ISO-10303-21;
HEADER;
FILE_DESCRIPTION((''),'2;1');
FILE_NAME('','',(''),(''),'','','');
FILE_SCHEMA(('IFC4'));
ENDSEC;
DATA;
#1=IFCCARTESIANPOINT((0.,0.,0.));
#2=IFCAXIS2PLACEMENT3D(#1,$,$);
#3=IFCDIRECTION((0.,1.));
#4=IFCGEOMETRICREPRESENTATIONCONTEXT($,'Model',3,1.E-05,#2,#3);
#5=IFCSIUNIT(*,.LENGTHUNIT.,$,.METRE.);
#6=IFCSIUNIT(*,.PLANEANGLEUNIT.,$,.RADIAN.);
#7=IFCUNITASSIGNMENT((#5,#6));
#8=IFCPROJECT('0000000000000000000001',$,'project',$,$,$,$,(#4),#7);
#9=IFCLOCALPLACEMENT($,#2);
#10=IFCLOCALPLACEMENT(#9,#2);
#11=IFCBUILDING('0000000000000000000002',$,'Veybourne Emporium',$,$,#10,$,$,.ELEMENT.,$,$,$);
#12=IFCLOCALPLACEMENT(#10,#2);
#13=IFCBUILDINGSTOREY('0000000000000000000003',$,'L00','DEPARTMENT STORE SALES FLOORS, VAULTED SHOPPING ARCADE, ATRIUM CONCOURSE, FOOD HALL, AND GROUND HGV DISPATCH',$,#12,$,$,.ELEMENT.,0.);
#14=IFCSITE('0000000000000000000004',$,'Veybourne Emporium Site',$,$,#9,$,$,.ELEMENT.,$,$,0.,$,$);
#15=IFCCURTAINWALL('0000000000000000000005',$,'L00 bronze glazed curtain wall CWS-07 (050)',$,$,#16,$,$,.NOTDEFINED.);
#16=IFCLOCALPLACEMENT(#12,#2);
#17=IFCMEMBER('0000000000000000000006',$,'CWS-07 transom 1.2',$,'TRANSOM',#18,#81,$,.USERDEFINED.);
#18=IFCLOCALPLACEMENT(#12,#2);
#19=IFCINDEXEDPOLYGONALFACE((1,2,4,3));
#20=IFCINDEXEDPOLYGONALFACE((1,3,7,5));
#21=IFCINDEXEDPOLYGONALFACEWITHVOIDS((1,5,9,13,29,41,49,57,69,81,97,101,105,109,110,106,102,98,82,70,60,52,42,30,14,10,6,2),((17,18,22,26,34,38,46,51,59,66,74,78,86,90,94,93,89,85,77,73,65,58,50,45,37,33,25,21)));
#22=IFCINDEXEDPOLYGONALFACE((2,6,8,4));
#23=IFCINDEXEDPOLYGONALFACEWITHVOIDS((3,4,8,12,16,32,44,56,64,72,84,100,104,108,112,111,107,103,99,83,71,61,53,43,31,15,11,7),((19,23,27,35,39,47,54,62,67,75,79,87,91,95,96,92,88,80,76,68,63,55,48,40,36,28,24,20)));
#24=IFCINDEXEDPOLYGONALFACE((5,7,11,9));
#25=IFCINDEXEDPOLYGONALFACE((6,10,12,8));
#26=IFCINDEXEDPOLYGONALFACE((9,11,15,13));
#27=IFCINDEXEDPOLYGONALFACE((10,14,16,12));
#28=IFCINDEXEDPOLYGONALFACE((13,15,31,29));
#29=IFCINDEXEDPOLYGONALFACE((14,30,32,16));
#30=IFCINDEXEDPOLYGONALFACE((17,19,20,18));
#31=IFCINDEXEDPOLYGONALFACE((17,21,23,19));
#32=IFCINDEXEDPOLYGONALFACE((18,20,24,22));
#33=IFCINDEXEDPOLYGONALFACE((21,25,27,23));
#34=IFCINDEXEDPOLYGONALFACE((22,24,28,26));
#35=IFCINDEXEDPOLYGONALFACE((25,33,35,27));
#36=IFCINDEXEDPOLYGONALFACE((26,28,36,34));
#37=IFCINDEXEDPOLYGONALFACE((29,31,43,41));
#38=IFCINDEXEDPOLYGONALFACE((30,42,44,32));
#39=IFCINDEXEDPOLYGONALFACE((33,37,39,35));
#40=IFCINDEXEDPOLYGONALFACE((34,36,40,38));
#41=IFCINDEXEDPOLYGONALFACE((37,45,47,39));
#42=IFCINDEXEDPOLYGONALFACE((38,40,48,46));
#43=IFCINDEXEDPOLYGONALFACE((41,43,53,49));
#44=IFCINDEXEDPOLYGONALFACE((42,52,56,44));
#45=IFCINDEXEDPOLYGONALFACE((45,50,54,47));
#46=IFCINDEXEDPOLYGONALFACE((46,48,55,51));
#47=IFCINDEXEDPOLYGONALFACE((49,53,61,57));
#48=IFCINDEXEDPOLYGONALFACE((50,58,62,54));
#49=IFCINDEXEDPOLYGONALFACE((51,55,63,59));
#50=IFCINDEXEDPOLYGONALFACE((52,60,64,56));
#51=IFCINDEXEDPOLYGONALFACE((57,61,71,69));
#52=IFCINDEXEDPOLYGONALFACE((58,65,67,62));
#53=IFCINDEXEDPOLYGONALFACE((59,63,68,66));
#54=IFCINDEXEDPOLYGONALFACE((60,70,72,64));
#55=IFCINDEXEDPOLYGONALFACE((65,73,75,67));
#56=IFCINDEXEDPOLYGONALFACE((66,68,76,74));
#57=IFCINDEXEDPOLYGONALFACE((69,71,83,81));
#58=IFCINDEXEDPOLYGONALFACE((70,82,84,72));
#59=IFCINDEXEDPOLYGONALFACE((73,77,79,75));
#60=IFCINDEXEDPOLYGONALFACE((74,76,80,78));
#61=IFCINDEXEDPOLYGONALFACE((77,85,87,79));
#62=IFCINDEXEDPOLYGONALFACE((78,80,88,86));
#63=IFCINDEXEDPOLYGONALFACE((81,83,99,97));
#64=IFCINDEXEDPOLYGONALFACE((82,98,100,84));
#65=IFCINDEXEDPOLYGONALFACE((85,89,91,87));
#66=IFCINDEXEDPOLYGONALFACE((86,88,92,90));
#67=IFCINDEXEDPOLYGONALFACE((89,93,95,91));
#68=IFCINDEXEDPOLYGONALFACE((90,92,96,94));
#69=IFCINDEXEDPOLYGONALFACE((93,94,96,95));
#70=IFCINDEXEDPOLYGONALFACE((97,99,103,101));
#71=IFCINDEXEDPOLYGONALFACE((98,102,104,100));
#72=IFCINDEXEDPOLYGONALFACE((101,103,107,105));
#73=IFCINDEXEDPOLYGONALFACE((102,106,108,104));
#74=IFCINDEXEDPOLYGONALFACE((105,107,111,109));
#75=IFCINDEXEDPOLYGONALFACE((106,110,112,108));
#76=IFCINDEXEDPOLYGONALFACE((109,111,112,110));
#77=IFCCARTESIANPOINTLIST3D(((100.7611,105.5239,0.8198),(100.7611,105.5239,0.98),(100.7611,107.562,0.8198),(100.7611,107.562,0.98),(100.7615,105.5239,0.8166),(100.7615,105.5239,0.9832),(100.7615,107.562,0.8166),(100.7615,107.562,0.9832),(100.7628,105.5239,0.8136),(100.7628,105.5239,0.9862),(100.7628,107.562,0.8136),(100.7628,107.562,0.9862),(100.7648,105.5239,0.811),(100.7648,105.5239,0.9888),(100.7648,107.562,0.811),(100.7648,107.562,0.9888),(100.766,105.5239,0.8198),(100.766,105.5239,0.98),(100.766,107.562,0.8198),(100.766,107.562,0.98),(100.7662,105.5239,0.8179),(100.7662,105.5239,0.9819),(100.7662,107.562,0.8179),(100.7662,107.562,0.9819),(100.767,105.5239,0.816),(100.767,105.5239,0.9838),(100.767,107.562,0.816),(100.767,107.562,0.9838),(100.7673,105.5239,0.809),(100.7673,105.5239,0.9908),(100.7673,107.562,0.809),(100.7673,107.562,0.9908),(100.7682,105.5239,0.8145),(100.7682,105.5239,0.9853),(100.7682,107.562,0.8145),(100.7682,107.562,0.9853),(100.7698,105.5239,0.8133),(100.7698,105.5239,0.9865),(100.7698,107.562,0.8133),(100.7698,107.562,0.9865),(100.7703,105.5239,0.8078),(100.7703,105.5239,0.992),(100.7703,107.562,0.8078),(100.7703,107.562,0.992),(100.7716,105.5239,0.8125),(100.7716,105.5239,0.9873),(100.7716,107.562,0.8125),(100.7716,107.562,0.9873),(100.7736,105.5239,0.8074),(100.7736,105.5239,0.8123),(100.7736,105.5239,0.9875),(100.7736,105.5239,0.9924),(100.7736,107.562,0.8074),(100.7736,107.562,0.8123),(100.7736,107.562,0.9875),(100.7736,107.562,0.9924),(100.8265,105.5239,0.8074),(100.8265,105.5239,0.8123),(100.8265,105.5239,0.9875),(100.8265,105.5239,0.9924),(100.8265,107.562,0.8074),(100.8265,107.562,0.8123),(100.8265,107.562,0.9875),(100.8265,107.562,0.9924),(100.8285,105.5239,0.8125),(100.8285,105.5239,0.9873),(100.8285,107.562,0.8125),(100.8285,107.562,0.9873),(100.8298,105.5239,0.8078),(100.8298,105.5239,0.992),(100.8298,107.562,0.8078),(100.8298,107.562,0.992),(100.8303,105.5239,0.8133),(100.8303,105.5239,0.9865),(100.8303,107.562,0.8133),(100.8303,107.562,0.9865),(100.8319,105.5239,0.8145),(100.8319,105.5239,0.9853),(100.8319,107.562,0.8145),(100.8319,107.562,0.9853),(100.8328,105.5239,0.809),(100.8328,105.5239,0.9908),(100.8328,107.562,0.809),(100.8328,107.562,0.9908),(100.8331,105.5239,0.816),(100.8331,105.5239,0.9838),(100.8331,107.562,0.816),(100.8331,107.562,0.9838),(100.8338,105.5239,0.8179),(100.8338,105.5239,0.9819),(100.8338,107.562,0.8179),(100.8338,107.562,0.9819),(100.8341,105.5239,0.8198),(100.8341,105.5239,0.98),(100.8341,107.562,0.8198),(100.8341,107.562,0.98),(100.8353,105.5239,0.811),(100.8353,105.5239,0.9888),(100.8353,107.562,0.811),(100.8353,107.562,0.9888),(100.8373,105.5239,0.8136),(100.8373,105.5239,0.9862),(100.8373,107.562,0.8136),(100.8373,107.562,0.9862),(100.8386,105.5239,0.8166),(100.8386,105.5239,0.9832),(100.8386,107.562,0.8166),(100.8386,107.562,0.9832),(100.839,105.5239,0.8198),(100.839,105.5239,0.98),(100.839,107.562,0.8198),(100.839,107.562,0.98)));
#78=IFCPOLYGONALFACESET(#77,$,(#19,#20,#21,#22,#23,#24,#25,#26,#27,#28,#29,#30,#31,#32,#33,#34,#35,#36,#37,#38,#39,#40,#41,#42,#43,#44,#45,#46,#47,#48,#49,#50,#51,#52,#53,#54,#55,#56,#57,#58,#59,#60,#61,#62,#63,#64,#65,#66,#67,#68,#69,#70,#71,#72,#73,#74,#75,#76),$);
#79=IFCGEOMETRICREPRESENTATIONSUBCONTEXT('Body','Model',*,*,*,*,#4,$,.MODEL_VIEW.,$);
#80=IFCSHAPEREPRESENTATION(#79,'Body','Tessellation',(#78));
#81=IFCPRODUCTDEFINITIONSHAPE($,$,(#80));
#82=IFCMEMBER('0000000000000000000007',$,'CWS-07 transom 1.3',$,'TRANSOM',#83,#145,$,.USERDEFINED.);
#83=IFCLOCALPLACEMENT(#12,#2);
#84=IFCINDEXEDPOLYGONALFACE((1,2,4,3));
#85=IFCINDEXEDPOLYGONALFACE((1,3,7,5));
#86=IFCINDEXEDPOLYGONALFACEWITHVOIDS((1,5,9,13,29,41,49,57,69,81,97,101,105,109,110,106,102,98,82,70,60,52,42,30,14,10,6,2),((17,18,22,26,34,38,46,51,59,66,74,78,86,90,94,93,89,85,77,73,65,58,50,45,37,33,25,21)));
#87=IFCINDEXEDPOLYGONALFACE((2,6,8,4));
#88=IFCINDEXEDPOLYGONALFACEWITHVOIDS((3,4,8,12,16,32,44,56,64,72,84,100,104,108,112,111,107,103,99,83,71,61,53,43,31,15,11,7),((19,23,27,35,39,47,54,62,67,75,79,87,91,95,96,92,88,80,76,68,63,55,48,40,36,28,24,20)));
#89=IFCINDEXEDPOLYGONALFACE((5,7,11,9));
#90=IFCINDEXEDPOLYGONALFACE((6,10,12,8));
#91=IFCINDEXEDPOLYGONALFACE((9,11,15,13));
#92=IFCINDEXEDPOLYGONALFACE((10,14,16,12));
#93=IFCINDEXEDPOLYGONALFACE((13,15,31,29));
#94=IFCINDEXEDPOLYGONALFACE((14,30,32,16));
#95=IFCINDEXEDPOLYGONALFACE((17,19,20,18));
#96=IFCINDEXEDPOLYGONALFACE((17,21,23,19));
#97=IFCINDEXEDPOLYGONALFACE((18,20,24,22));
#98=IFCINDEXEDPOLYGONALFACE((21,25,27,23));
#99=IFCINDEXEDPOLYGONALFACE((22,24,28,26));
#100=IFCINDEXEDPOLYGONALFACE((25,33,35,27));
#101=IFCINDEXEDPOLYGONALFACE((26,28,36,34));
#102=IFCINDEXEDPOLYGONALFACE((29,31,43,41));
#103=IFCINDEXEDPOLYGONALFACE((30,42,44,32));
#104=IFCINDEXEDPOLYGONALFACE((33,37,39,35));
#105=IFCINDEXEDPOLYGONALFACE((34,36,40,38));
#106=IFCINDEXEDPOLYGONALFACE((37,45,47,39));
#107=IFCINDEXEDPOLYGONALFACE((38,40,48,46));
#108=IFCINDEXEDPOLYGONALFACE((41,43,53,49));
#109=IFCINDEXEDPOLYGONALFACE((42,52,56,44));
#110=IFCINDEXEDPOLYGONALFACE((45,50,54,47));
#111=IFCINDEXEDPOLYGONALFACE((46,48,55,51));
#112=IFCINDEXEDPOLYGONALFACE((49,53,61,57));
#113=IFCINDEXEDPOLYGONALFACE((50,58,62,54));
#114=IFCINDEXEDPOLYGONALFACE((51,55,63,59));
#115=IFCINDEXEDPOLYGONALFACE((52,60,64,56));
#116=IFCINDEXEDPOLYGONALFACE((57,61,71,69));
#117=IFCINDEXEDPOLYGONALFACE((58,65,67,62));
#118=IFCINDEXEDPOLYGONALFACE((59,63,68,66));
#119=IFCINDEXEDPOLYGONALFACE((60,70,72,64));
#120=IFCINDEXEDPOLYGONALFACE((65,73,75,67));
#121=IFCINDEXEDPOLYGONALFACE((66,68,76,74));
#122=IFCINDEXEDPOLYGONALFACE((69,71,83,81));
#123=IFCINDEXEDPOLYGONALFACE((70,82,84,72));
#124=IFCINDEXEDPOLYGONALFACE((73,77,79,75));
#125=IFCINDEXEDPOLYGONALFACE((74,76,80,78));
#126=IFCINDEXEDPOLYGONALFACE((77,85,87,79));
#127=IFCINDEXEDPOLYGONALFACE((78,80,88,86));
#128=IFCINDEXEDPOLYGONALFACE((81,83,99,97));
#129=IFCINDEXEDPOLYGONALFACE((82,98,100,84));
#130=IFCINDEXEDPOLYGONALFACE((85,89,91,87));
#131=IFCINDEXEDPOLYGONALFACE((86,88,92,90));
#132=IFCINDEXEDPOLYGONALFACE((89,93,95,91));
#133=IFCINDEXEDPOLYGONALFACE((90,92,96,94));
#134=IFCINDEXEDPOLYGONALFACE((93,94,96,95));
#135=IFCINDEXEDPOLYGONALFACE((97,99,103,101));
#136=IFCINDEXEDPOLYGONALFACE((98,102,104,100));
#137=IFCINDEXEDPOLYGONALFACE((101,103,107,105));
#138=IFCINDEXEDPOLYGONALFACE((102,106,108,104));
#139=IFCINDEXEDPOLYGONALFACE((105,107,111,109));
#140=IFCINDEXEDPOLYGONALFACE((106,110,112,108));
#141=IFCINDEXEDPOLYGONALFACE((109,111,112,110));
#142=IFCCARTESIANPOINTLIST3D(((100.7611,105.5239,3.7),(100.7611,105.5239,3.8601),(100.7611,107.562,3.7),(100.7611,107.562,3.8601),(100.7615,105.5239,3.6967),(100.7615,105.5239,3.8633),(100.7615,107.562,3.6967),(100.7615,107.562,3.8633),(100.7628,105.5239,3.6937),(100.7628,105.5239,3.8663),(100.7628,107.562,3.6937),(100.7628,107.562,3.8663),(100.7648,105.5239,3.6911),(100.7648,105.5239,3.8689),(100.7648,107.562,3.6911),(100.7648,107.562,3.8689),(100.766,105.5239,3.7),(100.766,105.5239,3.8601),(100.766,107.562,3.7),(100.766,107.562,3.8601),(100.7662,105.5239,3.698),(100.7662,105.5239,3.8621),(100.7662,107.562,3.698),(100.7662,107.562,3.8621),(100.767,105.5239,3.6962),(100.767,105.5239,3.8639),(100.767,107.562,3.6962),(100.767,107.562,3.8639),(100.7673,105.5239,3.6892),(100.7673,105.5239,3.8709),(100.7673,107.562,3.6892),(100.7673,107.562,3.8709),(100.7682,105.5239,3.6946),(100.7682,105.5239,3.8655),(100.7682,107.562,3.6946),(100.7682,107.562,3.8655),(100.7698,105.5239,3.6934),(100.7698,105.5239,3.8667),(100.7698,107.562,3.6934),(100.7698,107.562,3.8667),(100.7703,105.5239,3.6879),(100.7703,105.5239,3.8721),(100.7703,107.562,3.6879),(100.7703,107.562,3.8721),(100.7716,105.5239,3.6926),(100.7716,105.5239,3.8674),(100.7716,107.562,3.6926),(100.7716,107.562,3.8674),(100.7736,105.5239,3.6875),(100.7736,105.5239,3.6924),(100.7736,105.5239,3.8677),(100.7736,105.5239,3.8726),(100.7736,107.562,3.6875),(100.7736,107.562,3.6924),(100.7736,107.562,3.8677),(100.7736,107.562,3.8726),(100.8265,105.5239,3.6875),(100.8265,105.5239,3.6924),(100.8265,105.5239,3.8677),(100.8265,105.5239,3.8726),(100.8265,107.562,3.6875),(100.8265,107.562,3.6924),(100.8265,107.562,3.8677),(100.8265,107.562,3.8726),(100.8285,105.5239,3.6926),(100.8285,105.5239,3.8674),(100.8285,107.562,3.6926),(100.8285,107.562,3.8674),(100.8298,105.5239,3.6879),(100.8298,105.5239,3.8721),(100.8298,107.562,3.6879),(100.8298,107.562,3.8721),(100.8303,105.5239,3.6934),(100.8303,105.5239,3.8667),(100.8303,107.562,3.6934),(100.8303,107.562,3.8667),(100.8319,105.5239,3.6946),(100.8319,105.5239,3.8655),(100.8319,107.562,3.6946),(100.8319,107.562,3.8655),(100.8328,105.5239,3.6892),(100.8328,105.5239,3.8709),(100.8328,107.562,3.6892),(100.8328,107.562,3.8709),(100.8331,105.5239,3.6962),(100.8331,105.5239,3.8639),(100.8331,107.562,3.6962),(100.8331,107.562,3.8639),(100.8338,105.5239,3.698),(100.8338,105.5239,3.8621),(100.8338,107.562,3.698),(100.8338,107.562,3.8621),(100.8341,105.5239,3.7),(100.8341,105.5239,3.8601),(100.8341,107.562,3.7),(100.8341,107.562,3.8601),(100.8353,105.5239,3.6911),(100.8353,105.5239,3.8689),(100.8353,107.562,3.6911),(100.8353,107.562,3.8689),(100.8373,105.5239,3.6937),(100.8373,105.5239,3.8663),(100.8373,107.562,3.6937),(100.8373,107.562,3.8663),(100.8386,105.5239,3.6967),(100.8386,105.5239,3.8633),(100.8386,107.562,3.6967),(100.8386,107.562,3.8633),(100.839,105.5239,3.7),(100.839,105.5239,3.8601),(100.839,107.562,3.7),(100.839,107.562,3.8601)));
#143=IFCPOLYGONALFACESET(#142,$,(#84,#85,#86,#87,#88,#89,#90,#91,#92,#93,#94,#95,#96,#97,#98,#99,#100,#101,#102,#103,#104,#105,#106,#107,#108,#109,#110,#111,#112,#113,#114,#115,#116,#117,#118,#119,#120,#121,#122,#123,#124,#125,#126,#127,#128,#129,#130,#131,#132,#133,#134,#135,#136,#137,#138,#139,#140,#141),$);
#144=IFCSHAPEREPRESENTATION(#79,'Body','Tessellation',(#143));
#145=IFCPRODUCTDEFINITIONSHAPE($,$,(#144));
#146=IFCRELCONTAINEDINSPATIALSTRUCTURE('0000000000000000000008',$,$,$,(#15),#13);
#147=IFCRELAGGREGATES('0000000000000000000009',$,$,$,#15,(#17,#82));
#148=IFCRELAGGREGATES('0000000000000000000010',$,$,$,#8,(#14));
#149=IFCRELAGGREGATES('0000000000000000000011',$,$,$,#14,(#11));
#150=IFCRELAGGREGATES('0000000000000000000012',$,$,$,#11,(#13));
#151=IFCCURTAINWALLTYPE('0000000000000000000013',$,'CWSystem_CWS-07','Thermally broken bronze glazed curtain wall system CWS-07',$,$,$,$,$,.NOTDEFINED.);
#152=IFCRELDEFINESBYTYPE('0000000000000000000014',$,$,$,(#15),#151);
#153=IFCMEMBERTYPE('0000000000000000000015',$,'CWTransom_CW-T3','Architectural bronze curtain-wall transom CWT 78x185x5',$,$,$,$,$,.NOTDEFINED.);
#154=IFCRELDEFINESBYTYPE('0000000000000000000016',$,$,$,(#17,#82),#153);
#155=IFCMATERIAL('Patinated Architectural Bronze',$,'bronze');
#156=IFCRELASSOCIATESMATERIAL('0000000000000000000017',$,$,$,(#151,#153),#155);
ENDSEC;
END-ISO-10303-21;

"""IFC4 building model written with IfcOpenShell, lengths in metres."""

from ifc_helpers import new_model, si_unit, direction, frame, origin, origin_2d, place, context, subcontext, project, spatial, hollow_rectangle, extrude, material, material_profile, profile_set, type_object, element, aggregate, save


model = new_model("IFC4")

# Units and contexts
model_context = context("Model", 3, precision=1e-05, world=origin(), true_north=direction((0.0, 1.0)))
body_context = subcontext(model_context, "Body", "Model", "MODEL_VIEW")
ifc_project = project(units=[si_unit("LENGTHUNIT", "METRE"), si_unit("PLANEANGLEUNIT", "RADIAN")], contexts=[model_context])

# Site, building, storey
site_placement = place(None, origin())
site = spatial("IfcSite", under=ifc_project, at=site_placement, Name="Veybourne Emporium Site", CompositionType="ELEMENT", RefElevation=0.0)
building_placement = place(site_placement, origin())
building = spatial("IfcBuilding", under=site, at=building_placement, Name="Veybourne Emporium", CompositionType="ELEMENT")
storey_placement = place(building_placement, origin())
storey = spatial("IfcBuildingStorey", under=building, at=storey_placement, Name="L00", Description="DEPARTMENT STORE SALES FLOORS, VAULTED SHOPPING ARCADE, ATRIUM CONCOURSE, FOOD HALL, AND GROUND HGV DISPATCH", CompositionType="ELEMENT", Elevation=0.0)

# Curtain wall
ifc_material_1 = material(Name="Patinated Architectural Bronze", Category="bronze")
curtain_wall_type_1 = type_object("IfcCurtainWallType", Name="CWSystem_CWS-07", Description="Thermally broken bronze glazed curtain wall system CWS-07", PredefinedType="NOTDEFINED", material=ifc_material_1)
curtain_wall_1_placement = place(storey_placement, origin())
curtain_wall_1 = element("IfcCurtainWall", 1, at=curtain_wall_1_placement, inside=storey, type_object=curtain_wall_type_1, Name="L00 bronze glazed curtain wall CWS-07 (050)", PredefinedType="NOTDEFINED")

# Members
ifc_material_profile_1 = material_profile(ifc_material_1, hollow_rectangle(XDim=0.0779, YDim=0.1851, WallThickness=0.0049, InnerFilletRadius=0.0076, OuterFilletRadius=0.0125, at=origin_2d()), Name="CWT 78x185x5")
ifc_profile_set_1 = profile_set([ifc_material_profile_1], Name="Patinated Architectural Bronze")
member_type_1 = type_object("IfcMemberType", Name="CWTransom_CW-T3", Description="Architectural bronze curtain-wall transom CWT 78x185x5", PredefinedType="NOTDEFINED", material=ifc_profile_set_1)
member_1_placement = place(storey_placement, frame((100.8, 107.562, 0.8999), z_axis=(0.0, -1.0, 0.0), x_axis=(1.0, 0.0, 0.0)))
member_1 = element("IfcMember", 2, at=member_1_placement, type_object=member_type_1, Name="CWS-07 transom 1.2", ObjectType="TRANSOM", PredefinedType="USERDEFINED", context=body_context, shape_type="SweptSolid", body=[
    extrude(hollow_rectangle(XDim=0.0779, YDim=0.1851, WallThickness=0.0049, InnerFilletRadius=0.0076, OuterFilletRadius=0.0125, at=origin_2d()), origin(), (0.0, 0.0, 1.0), 2.0381),
])
member_2_placement = place(storey_placement, frame((100.8, 107.562, 3.78), z_axis=(0.0, -1.0, 0.0), x_axis=(1.0, 0.0, 0.0)))
member_2 = element("IfcMember", 3, at=member_2_placement, type_object=member_type_1, Name="CWS-07 transom 1.3", ObjectType="TRANSOM", PredefinedType="USERDEFINED", context=body_context, shape_type="SweptSolid", body=[
    extrude(hollow_rectangle(XDim=0.0779, YDim=0.1851, WallThickness=0.0049, InnerFilletRadius=0.0076, OuterFilletRadius=0.0125, at=origin_2d()), origin(), (0.0, 0.0, 1.0), 2.0381),
])

aggregate(curtain_wall_1, [member_1, member_2])

save(model, "model.ifc")
